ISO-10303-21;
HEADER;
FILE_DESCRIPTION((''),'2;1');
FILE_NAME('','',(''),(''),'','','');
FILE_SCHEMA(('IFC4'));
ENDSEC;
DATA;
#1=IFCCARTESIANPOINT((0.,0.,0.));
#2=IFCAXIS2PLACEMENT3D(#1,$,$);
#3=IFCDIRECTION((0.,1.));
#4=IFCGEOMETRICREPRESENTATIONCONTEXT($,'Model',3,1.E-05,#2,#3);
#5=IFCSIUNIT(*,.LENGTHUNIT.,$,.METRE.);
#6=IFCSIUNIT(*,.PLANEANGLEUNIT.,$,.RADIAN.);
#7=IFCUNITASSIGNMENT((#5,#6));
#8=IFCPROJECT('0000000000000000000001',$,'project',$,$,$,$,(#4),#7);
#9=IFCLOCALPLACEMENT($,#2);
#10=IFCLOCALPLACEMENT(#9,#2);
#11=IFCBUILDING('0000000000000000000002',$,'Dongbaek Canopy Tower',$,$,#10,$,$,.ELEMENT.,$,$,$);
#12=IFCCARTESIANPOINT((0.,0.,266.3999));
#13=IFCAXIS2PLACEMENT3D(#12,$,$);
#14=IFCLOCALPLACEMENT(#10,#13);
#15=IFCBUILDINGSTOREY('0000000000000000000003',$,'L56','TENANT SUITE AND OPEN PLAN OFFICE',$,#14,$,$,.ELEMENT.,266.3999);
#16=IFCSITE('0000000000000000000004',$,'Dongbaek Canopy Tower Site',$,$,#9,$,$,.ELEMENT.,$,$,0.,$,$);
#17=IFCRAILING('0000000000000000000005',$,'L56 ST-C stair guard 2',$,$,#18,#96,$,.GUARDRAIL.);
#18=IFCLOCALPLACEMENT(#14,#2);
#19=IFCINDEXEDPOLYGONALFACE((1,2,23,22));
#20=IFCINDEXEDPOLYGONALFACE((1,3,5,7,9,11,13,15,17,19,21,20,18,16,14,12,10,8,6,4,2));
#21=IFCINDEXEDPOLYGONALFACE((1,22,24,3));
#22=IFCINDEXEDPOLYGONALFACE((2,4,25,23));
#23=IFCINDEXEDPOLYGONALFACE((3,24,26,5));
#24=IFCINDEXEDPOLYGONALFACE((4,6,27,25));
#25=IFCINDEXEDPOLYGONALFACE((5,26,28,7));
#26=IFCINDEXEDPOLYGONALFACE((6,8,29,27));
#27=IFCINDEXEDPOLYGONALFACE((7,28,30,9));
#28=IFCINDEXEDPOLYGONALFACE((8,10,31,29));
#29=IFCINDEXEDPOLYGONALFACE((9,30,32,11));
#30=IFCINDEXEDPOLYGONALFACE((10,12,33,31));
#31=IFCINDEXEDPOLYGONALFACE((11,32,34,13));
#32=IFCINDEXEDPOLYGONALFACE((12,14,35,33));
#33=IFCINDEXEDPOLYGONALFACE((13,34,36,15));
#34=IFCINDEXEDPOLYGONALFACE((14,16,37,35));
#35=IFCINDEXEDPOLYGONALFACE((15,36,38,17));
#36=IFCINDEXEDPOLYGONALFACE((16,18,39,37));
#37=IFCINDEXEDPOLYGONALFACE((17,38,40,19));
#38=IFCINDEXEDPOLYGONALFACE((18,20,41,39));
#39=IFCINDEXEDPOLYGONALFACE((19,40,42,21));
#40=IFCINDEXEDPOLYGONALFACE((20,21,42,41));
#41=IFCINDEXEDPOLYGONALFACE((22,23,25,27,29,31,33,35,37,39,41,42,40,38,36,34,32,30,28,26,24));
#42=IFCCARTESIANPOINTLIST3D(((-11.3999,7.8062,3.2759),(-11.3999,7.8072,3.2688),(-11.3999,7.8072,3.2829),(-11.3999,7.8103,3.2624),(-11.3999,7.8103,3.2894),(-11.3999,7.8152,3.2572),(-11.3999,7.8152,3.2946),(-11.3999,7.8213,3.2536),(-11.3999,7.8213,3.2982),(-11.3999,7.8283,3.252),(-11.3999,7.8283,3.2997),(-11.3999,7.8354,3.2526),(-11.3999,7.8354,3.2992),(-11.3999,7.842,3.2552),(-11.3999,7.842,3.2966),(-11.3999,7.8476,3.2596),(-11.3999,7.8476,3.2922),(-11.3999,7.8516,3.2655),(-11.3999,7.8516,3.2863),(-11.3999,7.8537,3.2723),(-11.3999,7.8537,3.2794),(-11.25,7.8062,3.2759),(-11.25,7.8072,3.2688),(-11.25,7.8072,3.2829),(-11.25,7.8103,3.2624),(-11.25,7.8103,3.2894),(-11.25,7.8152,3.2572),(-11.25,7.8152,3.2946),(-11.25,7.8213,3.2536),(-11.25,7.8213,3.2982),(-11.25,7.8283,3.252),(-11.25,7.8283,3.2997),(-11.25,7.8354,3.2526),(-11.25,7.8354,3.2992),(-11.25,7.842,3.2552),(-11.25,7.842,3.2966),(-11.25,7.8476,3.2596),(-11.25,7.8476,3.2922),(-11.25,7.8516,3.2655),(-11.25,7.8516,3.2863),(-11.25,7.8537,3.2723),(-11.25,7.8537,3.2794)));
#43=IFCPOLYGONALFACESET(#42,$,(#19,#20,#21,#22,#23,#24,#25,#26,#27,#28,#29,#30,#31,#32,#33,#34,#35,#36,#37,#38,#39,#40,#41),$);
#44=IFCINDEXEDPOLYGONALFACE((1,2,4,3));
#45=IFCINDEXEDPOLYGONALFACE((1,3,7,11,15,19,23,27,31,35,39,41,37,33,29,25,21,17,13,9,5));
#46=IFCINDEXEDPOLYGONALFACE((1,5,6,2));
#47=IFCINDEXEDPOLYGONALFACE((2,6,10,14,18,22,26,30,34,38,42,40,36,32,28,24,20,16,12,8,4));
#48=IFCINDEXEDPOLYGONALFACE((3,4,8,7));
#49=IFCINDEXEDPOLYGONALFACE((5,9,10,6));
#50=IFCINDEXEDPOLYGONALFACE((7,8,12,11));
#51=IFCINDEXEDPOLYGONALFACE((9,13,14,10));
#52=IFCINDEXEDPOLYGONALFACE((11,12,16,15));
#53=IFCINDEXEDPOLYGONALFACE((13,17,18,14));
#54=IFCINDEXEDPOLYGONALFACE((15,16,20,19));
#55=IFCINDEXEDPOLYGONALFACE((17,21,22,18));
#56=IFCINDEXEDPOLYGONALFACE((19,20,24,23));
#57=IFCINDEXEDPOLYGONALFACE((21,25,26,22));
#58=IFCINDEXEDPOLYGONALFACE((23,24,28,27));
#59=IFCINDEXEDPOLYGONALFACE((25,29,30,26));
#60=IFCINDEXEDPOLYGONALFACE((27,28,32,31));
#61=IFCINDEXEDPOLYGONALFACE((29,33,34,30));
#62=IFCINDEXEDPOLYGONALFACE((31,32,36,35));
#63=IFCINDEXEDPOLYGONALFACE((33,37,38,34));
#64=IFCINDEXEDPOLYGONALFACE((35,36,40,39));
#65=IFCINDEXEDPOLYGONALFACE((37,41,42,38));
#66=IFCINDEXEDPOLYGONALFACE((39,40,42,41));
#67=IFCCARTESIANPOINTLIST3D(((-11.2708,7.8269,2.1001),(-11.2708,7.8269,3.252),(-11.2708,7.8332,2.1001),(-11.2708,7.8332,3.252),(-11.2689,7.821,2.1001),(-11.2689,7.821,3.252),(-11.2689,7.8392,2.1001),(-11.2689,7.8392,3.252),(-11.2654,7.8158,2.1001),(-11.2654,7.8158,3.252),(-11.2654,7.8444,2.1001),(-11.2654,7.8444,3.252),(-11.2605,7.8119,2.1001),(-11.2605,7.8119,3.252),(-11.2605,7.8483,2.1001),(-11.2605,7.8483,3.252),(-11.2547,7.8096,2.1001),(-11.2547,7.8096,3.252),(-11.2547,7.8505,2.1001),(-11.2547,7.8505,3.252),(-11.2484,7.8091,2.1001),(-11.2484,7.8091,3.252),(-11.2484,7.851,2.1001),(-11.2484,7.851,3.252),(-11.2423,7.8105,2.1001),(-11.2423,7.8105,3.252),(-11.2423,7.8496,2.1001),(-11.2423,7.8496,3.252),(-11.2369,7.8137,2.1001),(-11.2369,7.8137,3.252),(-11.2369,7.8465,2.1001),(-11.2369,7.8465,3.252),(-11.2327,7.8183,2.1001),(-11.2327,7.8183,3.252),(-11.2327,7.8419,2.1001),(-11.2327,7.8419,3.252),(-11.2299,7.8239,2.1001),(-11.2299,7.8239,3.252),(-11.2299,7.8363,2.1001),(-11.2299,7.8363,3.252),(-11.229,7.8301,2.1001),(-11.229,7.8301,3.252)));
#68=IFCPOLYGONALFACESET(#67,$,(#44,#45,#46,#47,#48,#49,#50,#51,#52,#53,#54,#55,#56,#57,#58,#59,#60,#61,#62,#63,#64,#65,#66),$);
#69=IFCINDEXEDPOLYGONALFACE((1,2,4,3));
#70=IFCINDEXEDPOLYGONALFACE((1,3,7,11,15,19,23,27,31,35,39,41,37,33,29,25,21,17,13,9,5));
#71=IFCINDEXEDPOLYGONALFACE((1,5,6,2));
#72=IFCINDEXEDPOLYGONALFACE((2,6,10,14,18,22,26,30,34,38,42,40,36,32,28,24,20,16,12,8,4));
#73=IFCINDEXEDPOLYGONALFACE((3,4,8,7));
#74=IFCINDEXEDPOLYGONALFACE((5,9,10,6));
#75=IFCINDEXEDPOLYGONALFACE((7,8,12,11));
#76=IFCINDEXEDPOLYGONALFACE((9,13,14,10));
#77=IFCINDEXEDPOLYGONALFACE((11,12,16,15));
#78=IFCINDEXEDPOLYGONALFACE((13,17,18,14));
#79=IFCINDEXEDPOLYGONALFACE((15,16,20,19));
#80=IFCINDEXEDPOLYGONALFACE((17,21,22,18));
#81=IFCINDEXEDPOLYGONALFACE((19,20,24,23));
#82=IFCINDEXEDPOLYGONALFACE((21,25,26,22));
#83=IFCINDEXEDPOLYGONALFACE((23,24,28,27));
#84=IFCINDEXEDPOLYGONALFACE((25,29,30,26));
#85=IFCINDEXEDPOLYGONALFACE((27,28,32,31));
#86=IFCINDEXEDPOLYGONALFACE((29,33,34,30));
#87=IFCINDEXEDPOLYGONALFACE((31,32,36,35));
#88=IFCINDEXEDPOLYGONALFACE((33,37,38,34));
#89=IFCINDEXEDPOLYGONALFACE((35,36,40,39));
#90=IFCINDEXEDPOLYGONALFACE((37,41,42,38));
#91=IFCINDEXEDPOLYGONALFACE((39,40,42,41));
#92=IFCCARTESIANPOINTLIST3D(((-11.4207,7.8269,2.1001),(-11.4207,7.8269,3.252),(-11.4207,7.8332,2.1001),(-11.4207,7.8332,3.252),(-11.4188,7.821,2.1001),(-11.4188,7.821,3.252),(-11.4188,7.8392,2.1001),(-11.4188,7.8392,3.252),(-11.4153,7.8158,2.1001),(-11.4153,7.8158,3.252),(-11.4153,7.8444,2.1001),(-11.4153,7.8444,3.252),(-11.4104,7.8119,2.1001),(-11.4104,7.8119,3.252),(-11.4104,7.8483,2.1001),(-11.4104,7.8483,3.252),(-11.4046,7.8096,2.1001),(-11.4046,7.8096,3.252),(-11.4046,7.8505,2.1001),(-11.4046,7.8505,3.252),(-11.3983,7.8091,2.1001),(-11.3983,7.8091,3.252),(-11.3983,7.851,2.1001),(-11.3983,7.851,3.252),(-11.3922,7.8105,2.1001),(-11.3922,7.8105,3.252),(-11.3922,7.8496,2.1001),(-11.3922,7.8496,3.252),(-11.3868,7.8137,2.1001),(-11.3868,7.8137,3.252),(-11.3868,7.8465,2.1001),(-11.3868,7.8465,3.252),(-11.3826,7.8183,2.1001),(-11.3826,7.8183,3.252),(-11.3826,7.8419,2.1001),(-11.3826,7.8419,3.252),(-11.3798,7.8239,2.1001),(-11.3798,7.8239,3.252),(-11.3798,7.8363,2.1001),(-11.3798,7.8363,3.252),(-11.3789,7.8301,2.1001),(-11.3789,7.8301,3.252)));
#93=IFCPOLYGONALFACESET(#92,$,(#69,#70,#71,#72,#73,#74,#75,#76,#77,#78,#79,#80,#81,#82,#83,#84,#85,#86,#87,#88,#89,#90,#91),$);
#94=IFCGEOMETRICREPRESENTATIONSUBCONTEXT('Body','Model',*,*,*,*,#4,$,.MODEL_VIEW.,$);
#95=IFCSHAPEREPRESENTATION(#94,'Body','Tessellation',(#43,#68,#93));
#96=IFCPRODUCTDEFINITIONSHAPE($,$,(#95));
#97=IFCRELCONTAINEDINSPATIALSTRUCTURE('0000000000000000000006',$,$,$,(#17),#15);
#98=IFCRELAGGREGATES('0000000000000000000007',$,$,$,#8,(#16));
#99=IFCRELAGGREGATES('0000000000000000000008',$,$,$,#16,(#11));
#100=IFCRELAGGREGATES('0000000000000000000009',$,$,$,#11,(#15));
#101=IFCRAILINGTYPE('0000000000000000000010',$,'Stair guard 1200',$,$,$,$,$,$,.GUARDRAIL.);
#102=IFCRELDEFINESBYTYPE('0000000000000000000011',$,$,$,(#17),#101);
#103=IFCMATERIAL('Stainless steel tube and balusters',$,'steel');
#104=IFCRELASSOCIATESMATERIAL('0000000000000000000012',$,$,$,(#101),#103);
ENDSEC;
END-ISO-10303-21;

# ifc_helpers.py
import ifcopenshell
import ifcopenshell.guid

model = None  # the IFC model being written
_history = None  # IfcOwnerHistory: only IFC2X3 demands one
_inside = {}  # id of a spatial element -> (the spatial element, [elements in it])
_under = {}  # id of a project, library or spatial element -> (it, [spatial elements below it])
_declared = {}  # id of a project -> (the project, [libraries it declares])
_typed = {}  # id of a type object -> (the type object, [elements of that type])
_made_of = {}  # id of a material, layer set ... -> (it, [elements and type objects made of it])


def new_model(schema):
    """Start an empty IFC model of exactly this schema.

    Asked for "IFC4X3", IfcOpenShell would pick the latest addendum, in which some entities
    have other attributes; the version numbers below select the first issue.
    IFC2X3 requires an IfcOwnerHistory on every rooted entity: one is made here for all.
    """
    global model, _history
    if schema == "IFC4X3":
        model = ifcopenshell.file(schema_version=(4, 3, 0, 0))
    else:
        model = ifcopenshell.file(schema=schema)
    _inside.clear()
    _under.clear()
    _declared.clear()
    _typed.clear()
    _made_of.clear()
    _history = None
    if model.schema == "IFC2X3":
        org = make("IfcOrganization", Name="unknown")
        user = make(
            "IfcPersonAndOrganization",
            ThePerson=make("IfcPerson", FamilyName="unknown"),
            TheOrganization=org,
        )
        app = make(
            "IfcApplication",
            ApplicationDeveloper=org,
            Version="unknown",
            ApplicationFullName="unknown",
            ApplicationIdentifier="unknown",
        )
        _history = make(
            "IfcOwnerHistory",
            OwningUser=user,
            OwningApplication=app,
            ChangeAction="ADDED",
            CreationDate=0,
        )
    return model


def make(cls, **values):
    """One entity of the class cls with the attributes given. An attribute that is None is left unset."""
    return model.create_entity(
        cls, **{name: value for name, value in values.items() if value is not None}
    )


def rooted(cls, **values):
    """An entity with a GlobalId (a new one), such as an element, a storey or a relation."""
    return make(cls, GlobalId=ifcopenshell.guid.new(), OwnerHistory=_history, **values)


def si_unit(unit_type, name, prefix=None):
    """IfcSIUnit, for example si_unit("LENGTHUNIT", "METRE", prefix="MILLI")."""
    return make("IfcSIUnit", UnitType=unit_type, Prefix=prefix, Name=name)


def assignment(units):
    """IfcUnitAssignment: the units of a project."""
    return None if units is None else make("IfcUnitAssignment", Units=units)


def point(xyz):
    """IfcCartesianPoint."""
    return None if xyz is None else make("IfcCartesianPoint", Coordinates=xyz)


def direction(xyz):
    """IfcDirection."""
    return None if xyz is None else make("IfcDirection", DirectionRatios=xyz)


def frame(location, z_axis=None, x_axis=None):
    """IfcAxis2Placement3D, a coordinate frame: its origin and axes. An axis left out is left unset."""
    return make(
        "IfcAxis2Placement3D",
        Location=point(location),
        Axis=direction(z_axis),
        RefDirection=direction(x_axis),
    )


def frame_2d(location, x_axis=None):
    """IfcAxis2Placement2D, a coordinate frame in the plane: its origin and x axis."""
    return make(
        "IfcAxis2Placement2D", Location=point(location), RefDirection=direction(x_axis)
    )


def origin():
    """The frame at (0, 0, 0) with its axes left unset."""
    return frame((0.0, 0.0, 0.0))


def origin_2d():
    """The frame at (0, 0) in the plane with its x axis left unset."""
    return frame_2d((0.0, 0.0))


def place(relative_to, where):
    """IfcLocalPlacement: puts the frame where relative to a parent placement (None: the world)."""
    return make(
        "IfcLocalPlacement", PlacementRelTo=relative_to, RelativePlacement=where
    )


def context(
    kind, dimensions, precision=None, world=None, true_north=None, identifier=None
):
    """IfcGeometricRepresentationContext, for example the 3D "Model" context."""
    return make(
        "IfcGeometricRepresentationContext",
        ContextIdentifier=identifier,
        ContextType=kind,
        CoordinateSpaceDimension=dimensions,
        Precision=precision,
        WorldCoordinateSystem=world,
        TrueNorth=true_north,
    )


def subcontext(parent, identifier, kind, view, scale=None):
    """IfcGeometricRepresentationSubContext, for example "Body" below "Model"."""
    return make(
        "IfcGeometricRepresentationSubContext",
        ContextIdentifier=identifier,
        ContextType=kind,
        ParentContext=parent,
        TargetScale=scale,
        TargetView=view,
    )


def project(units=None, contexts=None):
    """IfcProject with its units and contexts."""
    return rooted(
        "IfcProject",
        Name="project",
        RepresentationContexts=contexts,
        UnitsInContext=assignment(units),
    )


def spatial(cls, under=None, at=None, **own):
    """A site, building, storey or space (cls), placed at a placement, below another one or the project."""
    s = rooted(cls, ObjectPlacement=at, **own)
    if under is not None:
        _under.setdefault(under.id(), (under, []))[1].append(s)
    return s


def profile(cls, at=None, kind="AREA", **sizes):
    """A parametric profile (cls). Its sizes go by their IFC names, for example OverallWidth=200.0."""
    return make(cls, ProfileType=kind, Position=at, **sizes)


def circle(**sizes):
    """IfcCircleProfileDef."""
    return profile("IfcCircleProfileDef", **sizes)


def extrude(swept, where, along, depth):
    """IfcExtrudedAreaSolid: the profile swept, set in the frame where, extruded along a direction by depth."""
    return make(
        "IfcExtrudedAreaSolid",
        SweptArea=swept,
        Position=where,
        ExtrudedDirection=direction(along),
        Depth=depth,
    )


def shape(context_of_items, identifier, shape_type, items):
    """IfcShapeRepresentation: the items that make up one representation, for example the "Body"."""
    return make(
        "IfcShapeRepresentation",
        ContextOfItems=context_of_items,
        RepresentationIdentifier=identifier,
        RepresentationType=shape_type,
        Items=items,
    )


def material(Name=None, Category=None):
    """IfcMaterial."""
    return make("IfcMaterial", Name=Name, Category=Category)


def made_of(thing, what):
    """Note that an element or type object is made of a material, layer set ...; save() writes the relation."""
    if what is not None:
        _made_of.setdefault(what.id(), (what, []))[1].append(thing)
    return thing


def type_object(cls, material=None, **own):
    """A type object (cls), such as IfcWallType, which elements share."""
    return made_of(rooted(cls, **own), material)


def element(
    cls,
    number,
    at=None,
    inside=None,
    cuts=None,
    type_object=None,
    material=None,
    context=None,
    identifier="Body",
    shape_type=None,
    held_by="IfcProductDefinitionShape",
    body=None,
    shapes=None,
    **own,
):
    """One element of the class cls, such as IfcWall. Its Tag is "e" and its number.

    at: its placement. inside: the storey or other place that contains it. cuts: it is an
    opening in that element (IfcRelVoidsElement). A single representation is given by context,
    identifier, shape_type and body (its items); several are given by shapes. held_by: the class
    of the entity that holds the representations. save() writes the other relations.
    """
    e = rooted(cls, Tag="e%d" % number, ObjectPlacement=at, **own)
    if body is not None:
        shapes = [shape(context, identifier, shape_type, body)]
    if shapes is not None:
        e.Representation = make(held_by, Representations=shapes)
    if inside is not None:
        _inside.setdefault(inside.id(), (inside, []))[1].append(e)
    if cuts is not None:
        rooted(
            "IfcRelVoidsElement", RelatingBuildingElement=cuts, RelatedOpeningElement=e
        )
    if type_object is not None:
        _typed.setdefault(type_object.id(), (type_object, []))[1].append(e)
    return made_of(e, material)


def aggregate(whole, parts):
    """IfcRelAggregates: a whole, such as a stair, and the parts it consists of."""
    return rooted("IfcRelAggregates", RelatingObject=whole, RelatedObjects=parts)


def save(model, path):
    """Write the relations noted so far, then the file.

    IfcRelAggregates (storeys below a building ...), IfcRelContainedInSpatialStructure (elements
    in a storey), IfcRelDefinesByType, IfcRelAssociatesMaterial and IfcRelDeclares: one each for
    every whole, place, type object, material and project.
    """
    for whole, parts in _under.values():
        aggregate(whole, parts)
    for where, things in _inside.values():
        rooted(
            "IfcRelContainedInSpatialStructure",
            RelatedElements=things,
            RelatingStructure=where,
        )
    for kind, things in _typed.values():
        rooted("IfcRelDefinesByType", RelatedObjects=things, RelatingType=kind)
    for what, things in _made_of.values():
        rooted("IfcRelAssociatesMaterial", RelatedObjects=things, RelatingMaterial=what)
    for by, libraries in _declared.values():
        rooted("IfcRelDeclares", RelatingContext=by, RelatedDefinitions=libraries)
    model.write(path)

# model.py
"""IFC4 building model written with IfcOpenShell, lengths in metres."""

from ifc_helpers import new_model, si_unit, direction, frame, origin, origin_2d, place, context, subcontext, project, spatial, circle, extrude, material, type_object, element, save


model = new_model("IFC4")

# Units and contexts
model_context = context("Model", 3, precision=1e-05, world=origin(), true_north=direction((0.0, 1.0)))
body_context = subcontext(model_context, "Body", "Model", "MODEL_VIEW")
ifc_project = project(units=[si_unit("LENGTHUNIT", "METRE"), si_unit("PLANEANGLEUNIT", "RADIAN")], contexts=[model_context])

# Site, building, storey
site_placement = place(None, origin())
site = spatial("IfcSite", under=ifc_project, at=site_placement, Name="Dongbaek Canopy Tower Site", CompositionType="ELEMENT", RefElevation=0.0)
building_placement = place(site_placement, origin())
building = spatial("IfcBuilding", under=site, at=building_placement, Name="Dongbaek Canopy Tower", CompositionType="ELEMENT")
storey_placement = place(building_placement, frame((0.0, 0.0, 266.3999)))
storey = spatial("IfcBuildingStorey", under=building, at=storey_placement, Name="L56", Description="TENANT SUITE AND OPEN PLAN OFFICE", CompositionType="ELEMENT", Elevation=266.3999)

# Railing
ifc_material_1 = material(Name="Stainless steel tube and balusters", Category="steel")
railing_type_1 = type_object("IfcRailingType", Name="Stair guard 1200", PredefinedType="GUARDRAIL", material=ifc_material_1)
railing_1_placement = place(storey_placement, frame((-11.25, 7.8301, 2.1001)))
element("IfcRailing", 1, at=railing_1_placement, inside=storey, type_object=railing_type_1, Name="L56 ST-C stair guard 2", PredefinedType="GUARDRAIL", context=body_context, shape_type="SweptSolid", body=[
    extrude(circle(Radius=0.0239, at=origin_2d()), frame((0.0, 0.0, 1.1758), z_axis=(-1.0, 0.0, 0.0), x_axis=(0.0, -1.0, 0.0)), (0.0, 0.0, 1.0), 0.1499),
    extrude(circle(Radius=0.021, at=origin_2d()), origin(), (0.0, 0.0, 1.0), 1.1519),
    extrude(circle(Radius=0.021, at=origin_2d()), frame((-0.1499, 0.0, 0.0)), (0.0, 0.0, 1.0), 1.1519),
])

save(model, "model.ifc")
